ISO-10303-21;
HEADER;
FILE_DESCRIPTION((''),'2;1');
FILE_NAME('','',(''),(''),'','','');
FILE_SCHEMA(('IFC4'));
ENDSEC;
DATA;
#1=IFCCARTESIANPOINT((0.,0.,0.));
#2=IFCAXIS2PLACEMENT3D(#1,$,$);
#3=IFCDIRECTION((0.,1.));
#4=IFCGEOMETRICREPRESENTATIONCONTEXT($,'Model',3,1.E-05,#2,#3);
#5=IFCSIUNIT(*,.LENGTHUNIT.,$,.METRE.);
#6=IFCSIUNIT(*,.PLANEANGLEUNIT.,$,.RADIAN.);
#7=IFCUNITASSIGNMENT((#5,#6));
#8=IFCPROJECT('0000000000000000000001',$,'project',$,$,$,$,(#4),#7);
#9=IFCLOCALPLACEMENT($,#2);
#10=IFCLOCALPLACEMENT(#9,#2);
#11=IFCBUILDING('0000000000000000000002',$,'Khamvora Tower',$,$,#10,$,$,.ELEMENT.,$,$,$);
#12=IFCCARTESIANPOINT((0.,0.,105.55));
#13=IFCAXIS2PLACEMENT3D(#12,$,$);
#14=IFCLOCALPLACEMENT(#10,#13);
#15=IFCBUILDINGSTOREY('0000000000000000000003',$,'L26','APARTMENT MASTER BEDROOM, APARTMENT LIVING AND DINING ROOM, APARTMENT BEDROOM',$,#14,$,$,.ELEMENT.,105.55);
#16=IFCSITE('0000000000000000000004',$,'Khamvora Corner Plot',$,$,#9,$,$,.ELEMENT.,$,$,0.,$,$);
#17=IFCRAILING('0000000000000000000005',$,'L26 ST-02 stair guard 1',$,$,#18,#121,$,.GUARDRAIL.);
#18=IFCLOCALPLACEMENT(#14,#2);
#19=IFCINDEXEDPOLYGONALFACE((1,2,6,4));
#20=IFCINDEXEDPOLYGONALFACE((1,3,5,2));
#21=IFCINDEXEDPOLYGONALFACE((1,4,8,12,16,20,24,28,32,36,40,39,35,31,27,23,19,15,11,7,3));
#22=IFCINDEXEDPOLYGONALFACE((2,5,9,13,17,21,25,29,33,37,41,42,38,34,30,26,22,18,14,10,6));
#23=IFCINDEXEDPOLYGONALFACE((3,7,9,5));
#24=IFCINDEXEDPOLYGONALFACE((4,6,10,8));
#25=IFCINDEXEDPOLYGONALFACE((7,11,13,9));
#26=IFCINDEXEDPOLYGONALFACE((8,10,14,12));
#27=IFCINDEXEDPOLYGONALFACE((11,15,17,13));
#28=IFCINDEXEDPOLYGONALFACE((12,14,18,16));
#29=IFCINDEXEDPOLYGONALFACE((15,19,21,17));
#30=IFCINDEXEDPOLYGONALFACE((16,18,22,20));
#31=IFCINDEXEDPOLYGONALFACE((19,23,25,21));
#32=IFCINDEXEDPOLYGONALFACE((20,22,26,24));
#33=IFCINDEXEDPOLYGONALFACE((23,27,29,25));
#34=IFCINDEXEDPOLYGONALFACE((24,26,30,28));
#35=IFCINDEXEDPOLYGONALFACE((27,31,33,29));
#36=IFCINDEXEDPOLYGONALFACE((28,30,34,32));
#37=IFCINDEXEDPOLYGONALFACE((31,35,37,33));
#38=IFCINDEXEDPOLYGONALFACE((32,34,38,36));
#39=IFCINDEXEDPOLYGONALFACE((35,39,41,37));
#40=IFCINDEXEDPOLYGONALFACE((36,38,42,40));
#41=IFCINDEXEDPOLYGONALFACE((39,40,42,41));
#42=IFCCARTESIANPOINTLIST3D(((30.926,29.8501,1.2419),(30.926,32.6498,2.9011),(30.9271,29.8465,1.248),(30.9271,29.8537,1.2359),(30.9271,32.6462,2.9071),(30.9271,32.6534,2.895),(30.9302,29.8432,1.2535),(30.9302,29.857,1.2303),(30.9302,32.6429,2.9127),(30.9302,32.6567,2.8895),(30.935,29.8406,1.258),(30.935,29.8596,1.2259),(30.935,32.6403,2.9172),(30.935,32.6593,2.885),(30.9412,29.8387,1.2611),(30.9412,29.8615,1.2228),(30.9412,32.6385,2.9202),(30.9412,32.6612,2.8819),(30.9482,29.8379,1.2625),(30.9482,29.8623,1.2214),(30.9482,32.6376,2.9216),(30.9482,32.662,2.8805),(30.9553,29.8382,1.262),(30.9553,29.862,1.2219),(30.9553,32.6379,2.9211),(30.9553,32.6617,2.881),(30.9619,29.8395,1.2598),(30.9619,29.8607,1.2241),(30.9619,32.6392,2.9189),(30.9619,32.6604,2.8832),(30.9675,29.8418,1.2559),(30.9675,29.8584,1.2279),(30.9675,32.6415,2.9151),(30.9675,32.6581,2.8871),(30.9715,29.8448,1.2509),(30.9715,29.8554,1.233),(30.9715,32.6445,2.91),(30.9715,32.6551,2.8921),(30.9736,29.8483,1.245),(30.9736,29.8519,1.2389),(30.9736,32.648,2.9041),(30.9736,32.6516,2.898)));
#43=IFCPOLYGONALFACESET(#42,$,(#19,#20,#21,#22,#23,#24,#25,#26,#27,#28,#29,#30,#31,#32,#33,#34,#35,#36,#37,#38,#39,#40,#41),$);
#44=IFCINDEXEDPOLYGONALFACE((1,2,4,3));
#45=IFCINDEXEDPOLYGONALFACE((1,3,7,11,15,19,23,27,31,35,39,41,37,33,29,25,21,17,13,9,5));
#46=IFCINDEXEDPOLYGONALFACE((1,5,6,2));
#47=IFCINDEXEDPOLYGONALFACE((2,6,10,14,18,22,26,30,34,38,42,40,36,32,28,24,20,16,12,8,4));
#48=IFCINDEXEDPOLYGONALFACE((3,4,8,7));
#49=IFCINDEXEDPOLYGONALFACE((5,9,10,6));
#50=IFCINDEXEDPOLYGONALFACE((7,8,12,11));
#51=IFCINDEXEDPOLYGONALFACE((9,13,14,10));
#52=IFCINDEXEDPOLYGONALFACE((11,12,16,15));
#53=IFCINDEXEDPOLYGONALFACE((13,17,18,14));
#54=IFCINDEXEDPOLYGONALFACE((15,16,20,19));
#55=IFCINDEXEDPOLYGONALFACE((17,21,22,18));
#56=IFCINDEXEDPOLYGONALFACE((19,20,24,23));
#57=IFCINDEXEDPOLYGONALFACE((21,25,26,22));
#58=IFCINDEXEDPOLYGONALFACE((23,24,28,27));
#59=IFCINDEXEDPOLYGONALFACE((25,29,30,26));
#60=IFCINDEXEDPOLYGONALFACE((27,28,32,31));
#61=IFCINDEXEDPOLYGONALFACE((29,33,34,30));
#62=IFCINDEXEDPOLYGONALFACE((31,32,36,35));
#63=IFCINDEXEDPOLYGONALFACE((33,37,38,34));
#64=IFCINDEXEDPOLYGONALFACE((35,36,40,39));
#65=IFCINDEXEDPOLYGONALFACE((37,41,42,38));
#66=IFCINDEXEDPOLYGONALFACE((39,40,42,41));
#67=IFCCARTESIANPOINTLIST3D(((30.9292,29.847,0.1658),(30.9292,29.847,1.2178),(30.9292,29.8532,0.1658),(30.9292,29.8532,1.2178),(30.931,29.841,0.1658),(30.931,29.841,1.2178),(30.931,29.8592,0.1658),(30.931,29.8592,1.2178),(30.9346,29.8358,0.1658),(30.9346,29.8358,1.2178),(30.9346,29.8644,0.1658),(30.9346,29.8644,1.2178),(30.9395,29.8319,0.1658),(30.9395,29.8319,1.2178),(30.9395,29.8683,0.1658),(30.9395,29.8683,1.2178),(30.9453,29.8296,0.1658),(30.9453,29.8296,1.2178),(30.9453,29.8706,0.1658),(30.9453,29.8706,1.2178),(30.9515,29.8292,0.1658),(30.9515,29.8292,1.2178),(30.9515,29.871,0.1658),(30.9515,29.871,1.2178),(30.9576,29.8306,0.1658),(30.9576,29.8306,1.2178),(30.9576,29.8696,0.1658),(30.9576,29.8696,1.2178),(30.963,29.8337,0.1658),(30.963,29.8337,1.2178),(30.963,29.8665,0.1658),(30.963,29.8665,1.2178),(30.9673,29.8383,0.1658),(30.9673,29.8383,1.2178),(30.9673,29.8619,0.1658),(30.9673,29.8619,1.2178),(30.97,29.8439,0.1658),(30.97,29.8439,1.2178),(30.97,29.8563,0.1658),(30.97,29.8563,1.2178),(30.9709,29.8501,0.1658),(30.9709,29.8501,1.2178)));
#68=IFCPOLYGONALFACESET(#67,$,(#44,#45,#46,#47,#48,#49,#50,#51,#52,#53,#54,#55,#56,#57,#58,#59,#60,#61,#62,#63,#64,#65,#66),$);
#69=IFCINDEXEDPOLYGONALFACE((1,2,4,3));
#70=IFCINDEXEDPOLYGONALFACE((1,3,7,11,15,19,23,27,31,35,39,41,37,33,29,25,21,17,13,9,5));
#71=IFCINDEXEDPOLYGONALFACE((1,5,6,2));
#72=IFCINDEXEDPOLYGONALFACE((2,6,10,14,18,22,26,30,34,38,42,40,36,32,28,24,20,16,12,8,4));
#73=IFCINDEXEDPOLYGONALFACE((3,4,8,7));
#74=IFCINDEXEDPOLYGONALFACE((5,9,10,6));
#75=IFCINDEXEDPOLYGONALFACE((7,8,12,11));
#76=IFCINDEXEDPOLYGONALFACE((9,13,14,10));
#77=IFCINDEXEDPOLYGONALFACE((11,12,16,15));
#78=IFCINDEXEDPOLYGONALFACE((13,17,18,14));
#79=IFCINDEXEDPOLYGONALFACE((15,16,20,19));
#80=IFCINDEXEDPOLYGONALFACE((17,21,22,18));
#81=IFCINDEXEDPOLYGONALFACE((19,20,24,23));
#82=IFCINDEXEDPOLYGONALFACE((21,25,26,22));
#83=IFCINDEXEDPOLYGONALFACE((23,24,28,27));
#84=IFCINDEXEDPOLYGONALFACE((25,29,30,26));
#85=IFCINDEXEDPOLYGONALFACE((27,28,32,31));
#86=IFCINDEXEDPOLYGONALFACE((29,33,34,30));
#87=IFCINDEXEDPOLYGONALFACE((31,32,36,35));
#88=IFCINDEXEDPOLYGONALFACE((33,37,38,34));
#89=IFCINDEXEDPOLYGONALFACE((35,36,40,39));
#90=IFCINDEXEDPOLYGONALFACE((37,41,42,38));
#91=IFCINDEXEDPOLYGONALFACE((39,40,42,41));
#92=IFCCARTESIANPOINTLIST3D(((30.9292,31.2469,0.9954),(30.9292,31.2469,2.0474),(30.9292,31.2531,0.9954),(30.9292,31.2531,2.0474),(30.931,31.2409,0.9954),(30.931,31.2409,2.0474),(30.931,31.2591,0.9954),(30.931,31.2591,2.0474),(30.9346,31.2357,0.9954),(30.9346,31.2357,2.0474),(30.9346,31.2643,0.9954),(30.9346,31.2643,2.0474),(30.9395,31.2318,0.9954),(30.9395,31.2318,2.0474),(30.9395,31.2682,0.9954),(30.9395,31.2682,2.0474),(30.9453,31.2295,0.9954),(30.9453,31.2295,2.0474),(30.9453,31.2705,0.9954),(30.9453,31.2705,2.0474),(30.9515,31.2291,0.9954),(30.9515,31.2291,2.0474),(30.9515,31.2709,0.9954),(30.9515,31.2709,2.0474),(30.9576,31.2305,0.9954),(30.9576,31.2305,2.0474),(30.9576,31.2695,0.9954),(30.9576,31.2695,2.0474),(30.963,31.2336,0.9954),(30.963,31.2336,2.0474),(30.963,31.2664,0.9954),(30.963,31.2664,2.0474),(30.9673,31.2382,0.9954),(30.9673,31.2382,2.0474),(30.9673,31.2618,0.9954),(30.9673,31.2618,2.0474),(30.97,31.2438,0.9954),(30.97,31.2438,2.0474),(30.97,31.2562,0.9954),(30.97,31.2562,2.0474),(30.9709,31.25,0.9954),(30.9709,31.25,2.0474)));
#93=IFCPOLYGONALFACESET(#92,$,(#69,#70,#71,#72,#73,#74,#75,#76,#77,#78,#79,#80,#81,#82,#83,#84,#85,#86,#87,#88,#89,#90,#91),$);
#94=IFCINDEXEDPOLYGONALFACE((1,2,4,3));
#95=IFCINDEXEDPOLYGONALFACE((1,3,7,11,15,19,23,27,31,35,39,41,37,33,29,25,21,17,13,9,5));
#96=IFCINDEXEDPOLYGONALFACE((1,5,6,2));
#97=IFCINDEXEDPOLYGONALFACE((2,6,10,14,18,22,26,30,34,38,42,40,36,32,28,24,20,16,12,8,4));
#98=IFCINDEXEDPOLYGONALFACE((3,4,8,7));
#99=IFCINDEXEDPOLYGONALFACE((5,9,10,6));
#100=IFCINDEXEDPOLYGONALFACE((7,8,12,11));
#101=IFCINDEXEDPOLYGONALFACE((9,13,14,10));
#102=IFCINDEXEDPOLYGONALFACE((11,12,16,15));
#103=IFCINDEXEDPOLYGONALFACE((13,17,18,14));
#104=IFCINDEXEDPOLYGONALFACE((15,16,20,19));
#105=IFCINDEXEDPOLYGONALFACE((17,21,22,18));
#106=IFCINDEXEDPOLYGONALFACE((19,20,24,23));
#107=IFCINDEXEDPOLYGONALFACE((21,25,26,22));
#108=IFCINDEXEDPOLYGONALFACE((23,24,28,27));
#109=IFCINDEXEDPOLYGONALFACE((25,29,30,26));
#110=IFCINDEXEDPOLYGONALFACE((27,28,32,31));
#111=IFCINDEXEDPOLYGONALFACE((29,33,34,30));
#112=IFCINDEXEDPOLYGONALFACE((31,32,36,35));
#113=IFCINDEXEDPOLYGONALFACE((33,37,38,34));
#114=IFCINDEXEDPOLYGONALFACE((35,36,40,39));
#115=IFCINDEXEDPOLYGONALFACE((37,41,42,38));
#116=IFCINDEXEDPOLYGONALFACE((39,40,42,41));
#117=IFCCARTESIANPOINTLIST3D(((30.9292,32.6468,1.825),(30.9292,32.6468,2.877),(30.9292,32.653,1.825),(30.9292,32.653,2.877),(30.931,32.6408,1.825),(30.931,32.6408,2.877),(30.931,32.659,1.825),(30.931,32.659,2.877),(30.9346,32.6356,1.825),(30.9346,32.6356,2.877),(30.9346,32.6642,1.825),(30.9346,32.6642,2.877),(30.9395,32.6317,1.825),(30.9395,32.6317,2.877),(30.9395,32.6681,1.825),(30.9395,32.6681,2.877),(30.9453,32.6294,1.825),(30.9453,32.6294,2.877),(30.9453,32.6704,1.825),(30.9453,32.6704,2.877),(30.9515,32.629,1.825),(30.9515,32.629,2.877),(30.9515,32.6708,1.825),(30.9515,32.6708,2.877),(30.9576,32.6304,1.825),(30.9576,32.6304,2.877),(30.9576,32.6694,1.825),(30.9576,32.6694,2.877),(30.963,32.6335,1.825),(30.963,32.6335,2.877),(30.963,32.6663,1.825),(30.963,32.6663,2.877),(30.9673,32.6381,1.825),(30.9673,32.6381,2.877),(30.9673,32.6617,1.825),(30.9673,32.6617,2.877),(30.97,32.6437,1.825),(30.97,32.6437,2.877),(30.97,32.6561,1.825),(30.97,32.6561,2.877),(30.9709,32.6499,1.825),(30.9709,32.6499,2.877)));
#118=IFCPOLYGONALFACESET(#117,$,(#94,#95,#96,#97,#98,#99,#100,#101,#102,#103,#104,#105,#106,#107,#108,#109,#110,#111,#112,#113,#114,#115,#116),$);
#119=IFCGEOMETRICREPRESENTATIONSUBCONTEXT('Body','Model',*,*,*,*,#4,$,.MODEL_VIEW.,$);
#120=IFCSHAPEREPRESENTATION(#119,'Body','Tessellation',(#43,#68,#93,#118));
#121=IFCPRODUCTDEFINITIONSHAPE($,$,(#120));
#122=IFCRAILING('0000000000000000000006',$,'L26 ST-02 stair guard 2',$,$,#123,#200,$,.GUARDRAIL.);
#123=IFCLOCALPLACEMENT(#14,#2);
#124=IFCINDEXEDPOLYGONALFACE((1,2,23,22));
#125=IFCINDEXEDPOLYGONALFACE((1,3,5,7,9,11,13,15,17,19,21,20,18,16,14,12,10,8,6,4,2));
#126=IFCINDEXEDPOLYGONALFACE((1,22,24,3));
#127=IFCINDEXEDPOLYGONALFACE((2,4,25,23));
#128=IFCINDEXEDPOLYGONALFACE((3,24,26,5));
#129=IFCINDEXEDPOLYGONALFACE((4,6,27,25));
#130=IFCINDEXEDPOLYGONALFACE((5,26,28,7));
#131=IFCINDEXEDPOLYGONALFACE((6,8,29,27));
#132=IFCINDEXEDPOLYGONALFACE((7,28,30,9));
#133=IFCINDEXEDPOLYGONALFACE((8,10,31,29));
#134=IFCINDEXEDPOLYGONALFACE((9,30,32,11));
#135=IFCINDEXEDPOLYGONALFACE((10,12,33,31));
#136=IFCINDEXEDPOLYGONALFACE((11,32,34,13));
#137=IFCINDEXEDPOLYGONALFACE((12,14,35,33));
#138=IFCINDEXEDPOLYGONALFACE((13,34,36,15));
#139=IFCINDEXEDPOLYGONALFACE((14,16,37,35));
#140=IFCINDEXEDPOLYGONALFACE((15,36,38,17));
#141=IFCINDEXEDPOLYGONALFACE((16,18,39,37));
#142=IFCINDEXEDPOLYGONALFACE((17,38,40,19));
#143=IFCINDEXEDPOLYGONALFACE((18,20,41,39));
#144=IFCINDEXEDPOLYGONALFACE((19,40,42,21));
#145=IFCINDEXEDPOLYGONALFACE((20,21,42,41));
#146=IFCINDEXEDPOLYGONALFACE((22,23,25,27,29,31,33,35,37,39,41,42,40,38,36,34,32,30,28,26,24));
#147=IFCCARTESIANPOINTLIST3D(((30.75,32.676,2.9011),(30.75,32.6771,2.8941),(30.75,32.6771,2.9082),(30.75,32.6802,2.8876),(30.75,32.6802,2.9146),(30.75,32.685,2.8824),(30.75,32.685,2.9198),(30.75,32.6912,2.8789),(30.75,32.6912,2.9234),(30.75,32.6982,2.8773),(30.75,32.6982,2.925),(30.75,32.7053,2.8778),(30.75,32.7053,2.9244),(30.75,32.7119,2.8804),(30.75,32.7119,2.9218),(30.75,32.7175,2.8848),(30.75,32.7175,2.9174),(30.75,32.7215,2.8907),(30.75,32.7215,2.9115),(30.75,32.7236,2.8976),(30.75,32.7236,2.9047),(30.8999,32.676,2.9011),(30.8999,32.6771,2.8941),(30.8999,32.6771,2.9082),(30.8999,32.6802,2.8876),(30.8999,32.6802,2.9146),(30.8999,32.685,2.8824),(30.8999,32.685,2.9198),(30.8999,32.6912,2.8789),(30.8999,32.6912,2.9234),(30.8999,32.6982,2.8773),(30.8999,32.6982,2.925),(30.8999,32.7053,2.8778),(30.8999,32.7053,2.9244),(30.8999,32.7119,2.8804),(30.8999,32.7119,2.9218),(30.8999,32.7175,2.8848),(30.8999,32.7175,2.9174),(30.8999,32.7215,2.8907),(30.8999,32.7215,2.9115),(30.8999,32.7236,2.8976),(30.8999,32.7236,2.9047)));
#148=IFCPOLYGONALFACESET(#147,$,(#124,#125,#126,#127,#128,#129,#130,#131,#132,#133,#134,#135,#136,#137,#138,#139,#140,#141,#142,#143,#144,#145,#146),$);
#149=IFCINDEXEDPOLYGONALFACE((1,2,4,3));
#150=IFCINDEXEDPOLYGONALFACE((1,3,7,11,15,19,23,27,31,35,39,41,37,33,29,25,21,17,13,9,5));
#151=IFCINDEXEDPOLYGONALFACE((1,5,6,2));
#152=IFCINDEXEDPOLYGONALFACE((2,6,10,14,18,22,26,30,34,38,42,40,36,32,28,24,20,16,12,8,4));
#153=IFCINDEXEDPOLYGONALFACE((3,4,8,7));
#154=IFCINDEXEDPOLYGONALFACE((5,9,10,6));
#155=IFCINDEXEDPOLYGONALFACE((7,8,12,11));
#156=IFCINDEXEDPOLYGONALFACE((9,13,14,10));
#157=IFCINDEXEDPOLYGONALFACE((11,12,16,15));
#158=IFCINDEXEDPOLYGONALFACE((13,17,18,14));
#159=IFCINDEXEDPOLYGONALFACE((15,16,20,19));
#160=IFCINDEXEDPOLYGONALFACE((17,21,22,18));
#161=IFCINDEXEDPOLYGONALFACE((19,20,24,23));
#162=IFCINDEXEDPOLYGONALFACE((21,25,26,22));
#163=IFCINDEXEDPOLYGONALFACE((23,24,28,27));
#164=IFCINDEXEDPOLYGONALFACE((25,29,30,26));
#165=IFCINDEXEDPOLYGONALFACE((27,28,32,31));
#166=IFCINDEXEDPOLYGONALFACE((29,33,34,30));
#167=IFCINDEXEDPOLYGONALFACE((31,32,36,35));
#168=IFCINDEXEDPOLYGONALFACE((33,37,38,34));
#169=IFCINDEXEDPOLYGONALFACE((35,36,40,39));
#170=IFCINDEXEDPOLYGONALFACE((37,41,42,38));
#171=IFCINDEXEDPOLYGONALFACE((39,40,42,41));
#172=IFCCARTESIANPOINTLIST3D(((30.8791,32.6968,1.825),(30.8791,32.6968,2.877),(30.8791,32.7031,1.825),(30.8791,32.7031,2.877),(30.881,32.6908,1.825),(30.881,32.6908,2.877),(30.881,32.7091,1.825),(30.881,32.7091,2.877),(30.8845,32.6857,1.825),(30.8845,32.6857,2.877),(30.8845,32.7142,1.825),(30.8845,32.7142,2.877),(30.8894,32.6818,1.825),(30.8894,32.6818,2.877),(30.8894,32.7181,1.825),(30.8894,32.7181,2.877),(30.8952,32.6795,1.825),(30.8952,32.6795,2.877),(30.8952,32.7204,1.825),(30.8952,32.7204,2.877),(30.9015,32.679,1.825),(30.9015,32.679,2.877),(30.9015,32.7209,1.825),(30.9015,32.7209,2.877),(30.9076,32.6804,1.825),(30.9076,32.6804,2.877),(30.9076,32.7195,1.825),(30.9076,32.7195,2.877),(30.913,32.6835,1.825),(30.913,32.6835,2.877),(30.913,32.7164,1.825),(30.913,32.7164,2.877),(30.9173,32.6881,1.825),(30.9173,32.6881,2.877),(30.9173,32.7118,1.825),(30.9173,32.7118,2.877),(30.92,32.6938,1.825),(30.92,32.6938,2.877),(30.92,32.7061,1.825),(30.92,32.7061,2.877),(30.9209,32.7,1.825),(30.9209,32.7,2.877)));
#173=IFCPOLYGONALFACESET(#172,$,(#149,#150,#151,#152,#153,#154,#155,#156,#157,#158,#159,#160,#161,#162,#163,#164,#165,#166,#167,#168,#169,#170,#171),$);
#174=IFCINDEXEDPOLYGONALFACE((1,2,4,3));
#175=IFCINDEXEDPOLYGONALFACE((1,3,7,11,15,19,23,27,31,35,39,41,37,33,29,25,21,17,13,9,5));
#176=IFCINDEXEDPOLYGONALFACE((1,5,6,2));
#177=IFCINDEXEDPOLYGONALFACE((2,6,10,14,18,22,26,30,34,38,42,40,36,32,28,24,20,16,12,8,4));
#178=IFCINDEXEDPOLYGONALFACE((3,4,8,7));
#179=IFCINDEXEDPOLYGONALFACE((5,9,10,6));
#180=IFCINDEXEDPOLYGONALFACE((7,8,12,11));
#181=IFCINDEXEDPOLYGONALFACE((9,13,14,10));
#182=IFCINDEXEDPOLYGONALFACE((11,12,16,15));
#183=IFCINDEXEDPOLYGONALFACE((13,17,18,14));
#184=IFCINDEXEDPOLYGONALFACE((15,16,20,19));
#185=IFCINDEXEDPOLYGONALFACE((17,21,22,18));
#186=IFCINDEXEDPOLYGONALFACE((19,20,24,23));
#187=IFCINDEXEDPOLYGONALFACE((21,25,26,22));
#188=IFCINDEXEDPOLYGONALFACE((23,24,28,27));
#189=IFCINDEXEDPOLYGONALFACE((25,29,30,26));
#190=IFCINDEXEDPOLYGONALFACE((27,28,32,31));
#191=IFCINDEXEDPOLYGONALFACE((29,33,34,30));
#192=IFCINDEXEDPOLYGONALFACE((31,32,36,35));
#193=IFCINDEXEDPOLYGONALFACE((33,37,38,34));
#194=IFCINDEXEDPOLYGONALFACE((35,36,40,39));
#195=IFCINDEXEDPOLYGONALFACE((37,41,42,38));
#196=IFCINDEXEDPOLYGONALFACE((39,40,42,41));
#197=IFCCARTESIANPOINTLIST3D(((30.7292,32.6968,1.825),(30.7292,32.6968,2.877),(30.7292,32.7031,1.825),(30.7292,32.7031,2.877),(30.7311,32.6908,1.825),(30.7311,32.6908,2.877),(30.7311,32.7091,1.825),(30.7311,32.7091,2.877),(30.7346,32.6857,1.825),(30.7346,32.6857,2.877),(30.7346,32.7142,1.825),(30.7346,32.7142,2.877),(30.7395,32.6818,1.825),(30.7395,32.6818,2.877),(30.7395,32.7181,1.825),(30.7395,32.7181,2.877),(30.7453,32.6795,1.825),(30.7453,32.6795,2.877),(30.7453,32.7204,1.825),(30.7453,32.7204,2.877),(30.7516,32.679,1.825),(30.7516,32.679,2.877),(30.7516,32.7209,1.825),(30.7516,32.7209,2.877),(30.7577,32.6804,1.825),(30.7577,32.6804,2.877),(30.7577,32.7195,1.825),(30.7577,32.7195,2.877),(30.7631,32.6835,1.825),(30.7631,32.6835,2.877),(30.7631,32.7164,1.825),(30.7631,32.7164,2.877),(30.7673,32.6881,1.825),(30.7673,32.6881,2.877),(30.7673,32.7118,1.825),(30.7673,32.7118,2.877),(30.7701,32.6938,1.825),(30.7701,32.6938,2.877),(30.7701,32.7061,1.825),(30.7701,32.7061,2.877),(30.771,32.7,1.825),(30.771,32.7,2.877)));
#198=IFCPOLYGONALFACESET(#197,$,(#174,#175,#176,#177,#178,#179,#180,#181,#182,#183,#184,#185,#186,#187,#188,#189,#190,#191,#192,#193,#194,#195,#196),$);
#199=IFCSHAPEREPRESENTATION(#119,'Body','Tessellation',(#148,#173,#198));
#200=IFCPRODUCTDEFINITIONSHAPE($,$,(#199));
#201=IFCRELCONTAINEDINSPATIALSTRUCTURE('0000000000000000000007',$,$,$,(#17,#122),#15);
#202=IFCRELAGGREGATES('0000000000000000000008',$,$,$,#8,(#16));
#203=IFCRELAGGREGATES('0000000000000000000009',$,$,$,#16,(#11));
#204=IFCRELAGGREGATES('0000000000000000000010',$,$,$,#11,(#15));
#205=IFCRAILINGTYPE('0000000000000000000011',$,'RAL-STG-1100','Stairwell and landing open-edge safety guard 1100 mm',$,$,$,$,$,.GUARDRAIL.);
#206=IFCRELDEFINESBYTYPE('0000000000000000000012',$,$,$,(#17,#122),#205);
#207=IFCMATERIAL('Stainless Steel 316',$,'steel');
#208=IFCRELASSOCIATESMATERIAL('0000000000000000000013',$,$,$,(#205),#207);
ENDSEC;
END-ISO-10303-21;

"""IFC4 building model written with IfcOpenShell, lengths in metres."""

from ifc_helpers import new_model, si_unit, direction, frame, origin, origin_2d, place, context, subcontext, project, spatial, circle, extrude, material, type_object, element, save


model = new_model("IFC4")

# Units and contexts
model_context = context("Model", 3, precision=1e-05, world=origin(), true_north=direction((0.0, 1.0)))
body_context = subcontext(model_context, "Body", "Model", "MODEL_VIEW")
ifc_project = project(units=[si_unit("LENGTHUNIT", "METRE"), si_unit("PLANEANGLEUNIT", "RADIAN")], contexts=[model_context])

# Site, building, storey
site_placement = place(None, origin())
site = spatial("IfcSite", under=ifc_project, at=site_placement, Name="Khamvora Corner Plot", CompositionType="ELEMENT", RefElevation=0.0)
building_placement = place(site_placement, origin())
building = spatial("IfcBuilding", under=site, at=building_placement, Name="Khamvora Tower", CompositionType="ELEMENT")
storey_placement = place(building_placement, frame((0.0, 0.0, 105.55)))
storey = spatial("IfcBuildingStorey", under=building, at=storey_placement, Name="L26", Description="APARTMENT MASTER BEDROOM, APARTMENT LIVING AND DINING ROOM, APARTMENT BEDROOM", CompositionType="ELEMENT", Elevation=105.55)

# Railings
ifc_material_1 = material(Name="Stainless Steel 316", Category="steel")
railing_type_1 = type_object("IfcRailingType", Name="RAL-STG-1100", Description="Stairwell and landing open-edge safety guard 1100 mm", PredefinedType="GUARDRAIL", material=ifc_material_1)
railing_1_placement = place(storey_placement, frame((30.95, 29.8501, 0.1658)))
element("IfcRailing", 1, at=railing_1_placement, inside=storey, type_object=railing_type_1, Name="L26 ST-02 stair guard 1", PredefinedType="GUARDRAIL", context=body_context, shape_type="SweptSolid", body=[
    extrude(circle(Radius=0.0239, at=origin_2d()), frame((0.0, 0.0, 1.0762), z_axis=(0.0, 0.860287, 0.509811), x_axis=(-1.0, 0.0, 0.0)), (0.0, 0.0, 1.0), 3.2544),
    extrude(circle(Radius=0.021, at=origin_2d()), origin(), (0.0, 0.0, 1.0), 1.052),
    extrude(circle(Radius=0.021, at=origin_2d()), frame((0.0, 1.3999, 0.8296)), (0.0, 0.0, 1.0), 1.052),
    extrude(circle(Radius=0.021, at=origin_2d()), frame((0.0, 2.7998, 1.6592)), (0.0, 0.0, 1.0), 1.052),
])
railing_2_placement = place(storey_placement, frame((30.8999, 32.7, 1.825)))
element("IfcRailing", 2, at=railing_2_placement, inside=storey, type_object=railing_type_1, Name="L26 ST-02 stair guard 2", PredefinedType="GUARDRAIL", context=body_context, shape_type="SweptSolid", body=[
    extrude(circle(Radius=0.0239, at=origin_2d()), frame((0.0, 0.0, 1.0762), z_axis=(-1.0, 0.0, 0.0), x_axis=(0.0, -1.0, 0.0)), (0.0, 0.0, 1.0), 0.1499),
    extrude(circle(Radius=0.021, at=origin_2d()), origin(), (0.0, 0.0, 1.0), 1.052),
    extrude(circle(Radius=0.021, at=origin_2d()), frame((-0.1499, 0.0, 0.0)), (0.0, 0.0, 1.0), 1.052),
])

save(model, "model.ifc")
